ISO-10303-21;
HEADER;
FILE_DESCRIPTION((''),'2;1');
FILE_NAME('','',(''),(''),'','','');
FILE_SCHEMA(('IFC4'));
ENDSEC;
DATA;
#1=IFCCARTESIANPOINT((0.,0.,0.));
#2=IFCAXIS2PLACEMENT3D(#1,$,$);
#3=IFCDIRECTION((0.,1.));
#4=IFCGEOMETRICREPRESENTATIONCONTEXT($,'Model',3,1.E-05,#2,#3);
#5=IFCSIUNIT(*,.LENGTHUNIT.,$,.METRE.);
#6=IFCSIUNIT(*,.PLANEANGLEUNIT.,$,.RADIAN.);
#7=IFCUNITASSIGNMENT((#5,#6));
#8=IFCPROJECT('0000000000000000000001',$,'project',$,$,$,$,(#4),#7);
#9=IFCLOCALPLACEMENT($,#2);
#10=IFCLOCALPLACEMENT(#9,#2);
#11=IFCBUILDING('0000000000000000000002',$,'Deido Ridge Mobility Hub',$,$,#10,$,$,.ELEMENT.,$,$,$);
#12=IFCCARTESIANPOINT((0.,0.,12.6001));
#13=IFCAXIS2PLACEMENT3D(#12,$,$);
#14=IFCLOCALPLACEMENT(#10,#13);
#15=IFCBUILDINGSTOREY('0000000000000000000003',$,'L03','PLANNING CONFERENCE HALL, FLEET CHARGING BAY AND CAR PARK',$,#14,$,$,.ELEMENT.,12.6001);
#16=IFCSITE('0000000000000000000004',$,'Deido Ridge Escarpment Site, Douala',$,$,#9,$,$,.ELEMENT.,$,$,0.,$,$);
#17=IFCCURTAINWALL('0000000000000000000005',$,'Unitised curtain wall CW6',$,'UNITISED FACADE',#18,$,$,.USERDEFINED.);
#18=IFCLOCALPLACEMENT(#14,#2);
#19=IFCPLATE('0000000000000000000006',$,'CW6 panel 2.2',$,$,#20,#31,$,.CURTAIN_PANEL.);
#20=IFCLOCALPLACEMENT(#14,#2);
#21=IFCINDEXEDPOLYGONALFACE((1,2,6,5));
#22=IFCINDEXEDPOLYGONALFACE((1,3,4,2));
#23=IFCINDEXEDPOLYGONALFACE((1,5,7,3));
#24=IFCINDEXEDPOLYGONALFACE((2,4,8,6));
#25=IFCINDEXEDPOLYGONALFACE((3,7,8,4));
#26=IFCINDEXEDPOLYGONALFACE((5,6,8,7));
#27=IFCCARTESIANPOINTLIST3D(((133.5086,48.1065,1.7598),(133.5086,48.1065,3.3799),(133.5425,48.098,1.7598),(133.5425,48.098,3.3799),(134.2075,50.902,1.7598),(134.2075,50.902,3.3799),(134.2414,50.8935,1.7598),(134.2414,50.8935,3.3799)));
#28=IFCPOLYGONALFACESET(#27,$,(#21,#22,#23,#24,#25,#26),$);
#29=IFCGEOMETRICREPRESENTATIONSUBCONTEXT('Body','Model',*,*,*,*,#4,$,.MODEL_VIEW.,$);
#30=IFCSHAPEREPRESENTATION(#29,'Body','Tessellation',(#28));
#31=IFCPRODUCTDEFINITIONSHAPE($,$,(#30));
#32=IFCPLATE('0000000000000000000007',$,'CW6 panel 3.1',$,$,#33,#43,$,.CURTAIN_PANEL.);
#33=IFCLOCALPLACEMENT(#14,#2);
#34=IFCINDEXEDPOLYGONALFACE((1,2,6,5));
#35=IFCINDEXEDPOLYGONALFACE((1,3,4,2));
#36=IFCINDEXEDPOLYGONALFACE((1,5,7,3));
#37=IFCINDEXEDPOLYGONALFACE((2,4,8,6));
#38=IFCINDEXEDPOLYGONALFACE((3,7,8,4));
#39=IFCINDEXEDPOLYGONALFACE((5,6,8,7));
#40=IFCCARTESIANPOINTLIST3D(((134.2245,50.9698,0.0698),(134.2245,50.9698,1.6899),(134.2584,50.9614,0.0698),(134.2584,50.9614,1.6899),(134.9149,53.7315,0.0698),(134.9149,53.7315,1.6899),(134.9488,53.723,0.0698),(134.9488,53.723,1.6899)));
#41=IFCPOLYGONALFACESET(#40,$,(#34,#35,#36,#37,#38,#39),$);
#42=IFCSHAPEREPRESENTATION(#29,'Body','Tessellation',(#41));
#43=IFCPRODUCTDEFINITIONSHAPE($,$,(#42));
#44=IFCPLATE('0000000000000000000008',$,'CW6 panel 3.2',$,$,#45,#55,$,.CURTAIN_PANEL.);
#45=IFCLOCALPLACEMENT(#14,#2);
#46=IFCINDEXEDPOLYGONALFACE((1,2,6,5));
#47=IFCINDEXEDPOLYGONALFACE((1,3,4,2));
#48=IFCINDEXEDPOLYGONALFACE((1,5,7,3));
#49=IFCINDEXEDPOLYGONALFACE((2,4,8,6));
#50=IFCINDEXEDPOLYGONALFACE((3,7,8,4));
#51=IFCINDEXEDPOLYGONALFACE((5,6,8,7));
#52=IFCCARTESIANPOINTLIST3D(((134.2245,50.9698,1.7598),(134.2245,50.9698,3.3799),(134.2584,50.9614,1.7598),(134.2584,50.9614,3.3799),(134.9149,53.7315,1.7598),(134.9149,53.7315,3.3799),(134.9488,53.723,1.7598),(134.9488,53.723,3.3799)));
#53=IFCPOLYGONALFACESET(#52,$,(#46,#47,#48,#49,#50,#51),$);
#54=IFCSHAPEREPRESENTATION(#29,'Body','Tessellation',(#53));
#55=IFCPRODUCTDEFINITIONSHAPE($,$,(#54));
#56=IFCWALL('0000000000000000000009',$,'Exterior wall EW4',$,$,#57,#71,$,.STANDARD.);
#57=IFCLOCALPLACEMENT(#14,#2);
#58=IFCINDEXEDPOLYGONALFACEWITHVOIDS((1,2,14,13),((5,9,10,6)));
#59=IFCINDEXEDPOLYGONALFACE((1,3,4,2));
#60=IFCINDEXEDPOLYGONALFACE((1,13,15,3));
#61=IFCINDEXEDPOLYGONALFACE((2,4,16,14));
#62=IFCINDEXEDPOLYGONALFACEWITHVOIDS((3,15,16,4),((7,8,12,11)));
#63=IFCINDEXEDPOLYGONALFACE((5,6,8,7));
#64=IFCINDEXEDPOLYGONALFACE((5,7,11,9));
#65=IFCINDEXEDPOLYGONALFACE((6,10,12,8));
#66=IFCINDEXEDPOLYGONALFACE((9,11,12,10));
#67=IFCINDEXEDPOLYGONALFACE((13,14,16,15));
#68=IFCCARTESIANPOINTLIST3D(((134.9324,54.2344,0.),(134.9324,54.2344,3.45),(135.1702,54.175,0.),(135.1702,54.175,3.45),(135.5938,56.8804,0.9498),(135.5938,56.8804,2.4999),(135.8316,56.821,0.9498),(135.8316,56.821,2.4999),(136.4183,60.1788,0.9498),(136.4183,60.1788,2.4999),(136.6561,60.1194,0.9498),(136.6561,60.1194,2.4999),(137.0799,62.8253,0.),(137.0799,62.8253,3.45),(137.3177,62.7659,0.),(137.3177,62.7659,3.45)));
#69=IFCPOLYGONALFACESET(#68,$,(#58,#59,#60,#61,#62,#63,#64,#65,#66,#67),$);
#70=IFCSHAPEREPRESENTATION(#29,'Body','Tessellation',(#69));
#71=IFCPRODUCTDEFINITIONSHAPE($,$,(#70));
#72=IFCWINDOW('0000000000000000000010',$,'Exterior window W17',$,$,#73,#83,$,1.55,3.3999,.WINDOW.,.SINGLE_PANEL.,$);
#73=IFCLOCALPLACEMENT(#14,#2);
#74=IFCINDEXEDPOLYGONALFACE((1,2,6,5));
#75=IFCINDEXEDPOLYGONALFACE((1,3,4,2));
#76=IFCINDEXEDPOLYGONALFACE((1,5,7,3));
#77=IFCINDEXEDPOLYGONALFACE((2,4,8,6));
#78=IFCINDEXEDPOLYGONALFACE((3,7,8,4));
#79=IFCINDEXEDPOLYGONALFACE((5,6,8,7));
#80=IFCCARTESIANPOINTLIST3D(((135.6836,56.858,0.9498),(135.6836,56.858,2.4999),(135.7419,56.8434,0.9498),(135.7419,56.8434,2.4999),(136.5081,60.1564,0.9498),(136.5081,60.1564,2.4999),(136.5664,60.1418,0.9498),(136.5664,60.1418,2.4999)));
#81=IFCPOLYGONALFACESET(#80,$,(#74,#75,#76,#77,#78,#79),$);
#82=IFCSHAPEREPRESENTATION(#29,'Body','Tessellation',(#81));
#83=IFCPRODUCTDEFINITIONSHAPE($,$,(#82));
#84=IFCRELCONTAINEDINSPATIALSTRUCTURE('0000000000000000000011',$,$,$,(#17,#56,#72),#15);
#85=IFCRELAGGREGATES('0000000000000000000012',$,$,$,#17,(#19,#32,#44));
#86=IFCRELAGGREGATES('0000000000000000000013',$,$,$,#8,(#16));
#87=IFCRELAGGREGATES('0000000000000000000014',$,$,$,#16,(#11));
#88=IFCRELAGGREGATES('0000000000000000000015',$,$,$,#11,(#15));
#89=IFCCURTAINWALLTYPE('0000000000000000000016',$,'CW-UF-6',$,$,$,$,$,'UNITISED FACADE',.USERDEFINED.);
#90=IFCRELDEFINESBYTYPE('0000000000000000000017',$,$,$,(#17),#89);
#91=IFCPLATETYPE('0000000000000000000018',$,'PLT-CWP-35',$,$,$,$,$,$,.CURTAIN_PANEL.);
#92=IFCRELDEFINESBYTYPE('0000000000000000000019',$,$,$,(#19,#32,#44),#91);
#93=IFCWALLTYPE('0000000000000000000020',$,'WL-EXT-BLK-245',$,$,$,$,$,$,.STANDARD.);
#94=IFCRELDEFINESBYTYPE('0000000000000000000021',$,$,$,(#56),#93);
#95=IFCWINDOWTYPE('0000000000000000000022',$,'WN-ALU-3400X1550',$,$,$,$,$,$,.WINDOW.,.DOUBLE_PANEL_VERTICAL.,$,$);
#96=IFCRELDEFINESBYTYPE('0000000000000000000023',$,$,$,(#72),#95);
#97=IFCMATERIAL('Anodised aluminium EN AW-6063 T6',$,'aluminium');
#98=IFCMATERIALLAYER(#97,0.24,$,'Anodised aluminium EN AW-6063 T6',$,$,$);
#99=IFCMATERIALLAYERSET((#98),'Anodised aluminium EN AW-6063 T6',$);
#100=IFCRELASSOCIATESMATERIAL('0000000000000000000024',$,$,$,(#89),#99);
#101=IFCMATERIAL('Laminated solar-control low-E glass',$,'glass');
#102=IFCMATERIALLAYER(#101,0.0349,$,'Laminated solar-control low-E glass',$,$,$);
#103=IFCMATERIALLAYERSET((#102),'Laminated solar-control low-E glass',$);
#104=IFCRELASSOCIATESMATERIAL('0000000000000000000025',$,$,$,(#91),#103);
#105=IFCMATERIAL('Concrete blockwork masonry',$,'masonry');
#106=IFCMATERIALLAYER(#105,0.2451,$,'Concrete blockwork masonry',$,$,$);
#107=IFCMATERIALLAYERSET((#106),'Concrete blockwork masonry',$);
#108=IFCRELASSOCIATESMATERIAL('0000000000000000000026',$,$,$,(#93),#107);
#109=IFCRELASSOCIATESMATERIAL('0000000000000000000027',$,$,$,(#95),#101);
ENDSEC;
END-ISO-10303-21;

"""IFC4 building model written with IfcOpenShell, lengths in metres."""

from ifc_helpers import new_model, si_unit, direction, frame, frame_2d, origin, origin_2d, place, context, subcontext, project, spatial, rectangle, extrude, material, layer, layer_set, type_object, element, fill, aggregate, save


model = new_model("IFC4")

# Units and contexts
model_context = context("Model", 3, precision=1e-05, world=origin(), true_north=direction((0.0, 1.0)))
body_context = subcontext(model_context, "Body", "Model", "MODEL_VIEW")
ifc_project = project(units=[si_unit("LENGTHUNIT", "METRE"), si_unit("PLANEANGLEUNIT", "RADIAN")], contexts=[model_context])

# Site, building, storey
site_placement = place(None, origin())
site = spatial("IfcSite", under=ifc_project, at=site_placement, Name="Deido Ridge Escarpment Site, Douala", CompositionType="ELEMENT", RefElevation=0.0)
building_placement = place(site_placement, origin())
building = spatial("IfcBuilding", under=site, at=building_placement, Name="Deido Ridge Mobility Hub", CompositionType="ELEMENT")
storey_placement = place(building_placement, frame((0.0, 0.0, 12.6001)))
storey = spatial("IfcBuildingStorey", under=building, at=storey_placement, Name="L03", Description="PLANNING CONFERENCE HALL, FLEET CHARGING BAY AND CAR PARK", CompositionType="ELEMENT", Elevation=12.6001)

# Curtain wall, plates
ifc_material_1 = material(Name="Anodised aluminium EN AW-6063 T6", Category="aluminium")
ifc_layer_1 = layer(ifc_material_1, 0.24, Name="Anodised aluminium EN AW-6063 T6")
ifc_layer_set_1 = layer_set([ifc_layer_1], Name="Anodised aluminium EN AW-6063 T6")
curtain_wall_type = type_object("IfcCurtainWallType", Name="CW-UF-6", ElementType="UNITISED FACADE", PredefinedType="USERDEFINED", material=ifc_layer_set_1)
curtain_wall_placement = place(storey_placement, origin())
curtain_wall = element("IfcCurtainWall", 1, at=curtain_wall_placement, inside=storey, type_object=curtain_wall_type, Name="Unitised curtain wall CW6", ObjectType="UNITISED FACADE", PredefinedType="USERDEFINED")
ifc_material_2 = material(Name="Laminated solar-control low-E glass", Category="glass")
ifc_layer_2 = layer(ifc_material_2, 0.0349, Name="Laminated solar-control low-E glass")
ifc_layer_set_2 = layer_set([ifc_layer_2], Name="Laminated solar-control low-E glass")
plate_type = type_object("IfcPlateType", Name="PLT-CWP-35", PredefinedType="CURTAIN_PANEL", material=ifc_layer_set_2)
plate_1_placement = place(storey_placement, frame((133.875, 49.5, 1.7598), z_axis=(0.0, 0.0, 1.0), x_axis=(0.24253, 0.970144, 0.0)))
plate_1 = element("IfcPlate", 2, at=plate_1_placement, type_object=plate_type, Name="CW6 panel 2.2", PredefinedType="CURTAIN_PANEL", context=body_context, shape_type="SweptSolid", body=[
    extrude(rectangle(XDim=2.8816, YDim=0.0349, at=origin_2d()), origin(), (0.0, 0.0, 1.0), 1.6201),
])
plate_2_placement = place(storey_placement, frame((134.5867, 52.3464, 0.0698), z_axis=(0.0, 0.0, 1.0), x_axis=(0.24253, 0.970144, 0.0)))
plate_2 = element("IfcPlate", 3, at=plate_2_placement, type_object=plate_type, Name="CW6 panel 3.1", PredefinedType="CURTAIN_PANEL", context=body_context, shape_type="SweptSolid", body=[
    extrude(rectangle(XDim=2.8467, YDim=0.0349, at=origin_2d()), origin(), (0.0, 0.0, 1.0), 1.6201),
])
plate_3_placement = place(storey_placement, frame((134.5867, 52.3464, 1.7598), z_axis=(0.0, 0.0, 1.0), x_axis=(0.24253, 0.970144, 0.0)))
plate_3 = element("IfcPlate", 4, at=plate_3_placement, type_object=plate_type, Name="CW6 panel 3.2", PredefinedType="CURTAIN_PANEL", context=body_context, shape_type="SweptSolid", body=[
    extrude(rectangle(XDim=2.8467, YDim=0.0349, at=origin_2d()), origin(), (0.0, 0.0, 1.0), 1.6201),
])
aggregate(curtain_wall, [plate_1, plate_2, plate_3])

# Wall, opening, window
ifc_material_3 = material(Name="Concrete blockwork masonry", Category="masonry")
ifc_layer_3 = layer(ifc_material_3, 0.2451, Name="Concrete blockwork masonry")
ifc_layer_set_3 = layer_set([ifc_layer_3], Name="Concrete blockwork masonry")
wall_type = type_object("IfcWallType", Name="WL-EXT-BLK-245", PredefinedType="STANDARD", material=ifc_layer_set_3)
wall_placement = place(storey_placement, frame((135.0513, 54.2046, 0.0), z_axis=(0.0, 0.0, 1.0), x_axis=(0.24251, 0.970149, 0.0)))
wall = element("IfcWall", 5, at=wall_placement, inside=storey, type_object=wall_type, Name="Exterior wall EW4", PredefinedType="STANDARD", context=body_context, shape_type="SweptSolid", body=[
    extrude(rectangle(XDim=8.8552, YDim=0.2451, at=frame_2d((4.4277, 0.0))), origin(), (0.0, 0.0, 1.0), 3.45),
])
opening_placement = place(wall_placement, frame((2.7275, 0.0, 0.95)))
opening = element("IfcOpeningElement", 6, at=opening_placement, cuts=wall, PredefinedType="OPENING", context=body_context, shape_type="SweptSolid", body=[
    extrude(rectangle(XDim=3.3999, YDim=1.55, at=frame_2d((1.7, 0.7749))), frame((0.0, 0.1326, 0.0), z_axis=(0.0, -1.0, 0.0), x_axis=(1.0, 0.0, 0.0)), (0.0, 0.0, 1.0), 0.2651),
])
window_type = type_object("IfcWindowType", Name="WN-ALU-3400X1550", PartitioningType="DOUBLE_PANEL_VERTICAL", PredefinedType="WINDOW", material=ifc_material_2)
window_placement = place(opening_placement, origin())
window = element("IfcWindow", 7, at=window_placement, inside=storey, type_object=window_type, Name="Exterior window W17", OverallHeight=1.55, OverallWidth=3.3999, PartitioningType="SINGLE_PANEL", PredefinedType="WINDOW", context=body_context, shape_type="SweptSolid", body=[
    extrude(rectangle(XDim=3.3999, YDim=1.55, at=frame_2d((1.7, 0.7749))), frame((0.0, 0.03, 0.0), z_axis=(0.0, -1.0, 0.0), x_axis=(1.0, 0.0, 0.0)), (0.0, 0.0, 1.0), 0.0601),
])
fill(opening, window)

save(model, "model.ifc")
